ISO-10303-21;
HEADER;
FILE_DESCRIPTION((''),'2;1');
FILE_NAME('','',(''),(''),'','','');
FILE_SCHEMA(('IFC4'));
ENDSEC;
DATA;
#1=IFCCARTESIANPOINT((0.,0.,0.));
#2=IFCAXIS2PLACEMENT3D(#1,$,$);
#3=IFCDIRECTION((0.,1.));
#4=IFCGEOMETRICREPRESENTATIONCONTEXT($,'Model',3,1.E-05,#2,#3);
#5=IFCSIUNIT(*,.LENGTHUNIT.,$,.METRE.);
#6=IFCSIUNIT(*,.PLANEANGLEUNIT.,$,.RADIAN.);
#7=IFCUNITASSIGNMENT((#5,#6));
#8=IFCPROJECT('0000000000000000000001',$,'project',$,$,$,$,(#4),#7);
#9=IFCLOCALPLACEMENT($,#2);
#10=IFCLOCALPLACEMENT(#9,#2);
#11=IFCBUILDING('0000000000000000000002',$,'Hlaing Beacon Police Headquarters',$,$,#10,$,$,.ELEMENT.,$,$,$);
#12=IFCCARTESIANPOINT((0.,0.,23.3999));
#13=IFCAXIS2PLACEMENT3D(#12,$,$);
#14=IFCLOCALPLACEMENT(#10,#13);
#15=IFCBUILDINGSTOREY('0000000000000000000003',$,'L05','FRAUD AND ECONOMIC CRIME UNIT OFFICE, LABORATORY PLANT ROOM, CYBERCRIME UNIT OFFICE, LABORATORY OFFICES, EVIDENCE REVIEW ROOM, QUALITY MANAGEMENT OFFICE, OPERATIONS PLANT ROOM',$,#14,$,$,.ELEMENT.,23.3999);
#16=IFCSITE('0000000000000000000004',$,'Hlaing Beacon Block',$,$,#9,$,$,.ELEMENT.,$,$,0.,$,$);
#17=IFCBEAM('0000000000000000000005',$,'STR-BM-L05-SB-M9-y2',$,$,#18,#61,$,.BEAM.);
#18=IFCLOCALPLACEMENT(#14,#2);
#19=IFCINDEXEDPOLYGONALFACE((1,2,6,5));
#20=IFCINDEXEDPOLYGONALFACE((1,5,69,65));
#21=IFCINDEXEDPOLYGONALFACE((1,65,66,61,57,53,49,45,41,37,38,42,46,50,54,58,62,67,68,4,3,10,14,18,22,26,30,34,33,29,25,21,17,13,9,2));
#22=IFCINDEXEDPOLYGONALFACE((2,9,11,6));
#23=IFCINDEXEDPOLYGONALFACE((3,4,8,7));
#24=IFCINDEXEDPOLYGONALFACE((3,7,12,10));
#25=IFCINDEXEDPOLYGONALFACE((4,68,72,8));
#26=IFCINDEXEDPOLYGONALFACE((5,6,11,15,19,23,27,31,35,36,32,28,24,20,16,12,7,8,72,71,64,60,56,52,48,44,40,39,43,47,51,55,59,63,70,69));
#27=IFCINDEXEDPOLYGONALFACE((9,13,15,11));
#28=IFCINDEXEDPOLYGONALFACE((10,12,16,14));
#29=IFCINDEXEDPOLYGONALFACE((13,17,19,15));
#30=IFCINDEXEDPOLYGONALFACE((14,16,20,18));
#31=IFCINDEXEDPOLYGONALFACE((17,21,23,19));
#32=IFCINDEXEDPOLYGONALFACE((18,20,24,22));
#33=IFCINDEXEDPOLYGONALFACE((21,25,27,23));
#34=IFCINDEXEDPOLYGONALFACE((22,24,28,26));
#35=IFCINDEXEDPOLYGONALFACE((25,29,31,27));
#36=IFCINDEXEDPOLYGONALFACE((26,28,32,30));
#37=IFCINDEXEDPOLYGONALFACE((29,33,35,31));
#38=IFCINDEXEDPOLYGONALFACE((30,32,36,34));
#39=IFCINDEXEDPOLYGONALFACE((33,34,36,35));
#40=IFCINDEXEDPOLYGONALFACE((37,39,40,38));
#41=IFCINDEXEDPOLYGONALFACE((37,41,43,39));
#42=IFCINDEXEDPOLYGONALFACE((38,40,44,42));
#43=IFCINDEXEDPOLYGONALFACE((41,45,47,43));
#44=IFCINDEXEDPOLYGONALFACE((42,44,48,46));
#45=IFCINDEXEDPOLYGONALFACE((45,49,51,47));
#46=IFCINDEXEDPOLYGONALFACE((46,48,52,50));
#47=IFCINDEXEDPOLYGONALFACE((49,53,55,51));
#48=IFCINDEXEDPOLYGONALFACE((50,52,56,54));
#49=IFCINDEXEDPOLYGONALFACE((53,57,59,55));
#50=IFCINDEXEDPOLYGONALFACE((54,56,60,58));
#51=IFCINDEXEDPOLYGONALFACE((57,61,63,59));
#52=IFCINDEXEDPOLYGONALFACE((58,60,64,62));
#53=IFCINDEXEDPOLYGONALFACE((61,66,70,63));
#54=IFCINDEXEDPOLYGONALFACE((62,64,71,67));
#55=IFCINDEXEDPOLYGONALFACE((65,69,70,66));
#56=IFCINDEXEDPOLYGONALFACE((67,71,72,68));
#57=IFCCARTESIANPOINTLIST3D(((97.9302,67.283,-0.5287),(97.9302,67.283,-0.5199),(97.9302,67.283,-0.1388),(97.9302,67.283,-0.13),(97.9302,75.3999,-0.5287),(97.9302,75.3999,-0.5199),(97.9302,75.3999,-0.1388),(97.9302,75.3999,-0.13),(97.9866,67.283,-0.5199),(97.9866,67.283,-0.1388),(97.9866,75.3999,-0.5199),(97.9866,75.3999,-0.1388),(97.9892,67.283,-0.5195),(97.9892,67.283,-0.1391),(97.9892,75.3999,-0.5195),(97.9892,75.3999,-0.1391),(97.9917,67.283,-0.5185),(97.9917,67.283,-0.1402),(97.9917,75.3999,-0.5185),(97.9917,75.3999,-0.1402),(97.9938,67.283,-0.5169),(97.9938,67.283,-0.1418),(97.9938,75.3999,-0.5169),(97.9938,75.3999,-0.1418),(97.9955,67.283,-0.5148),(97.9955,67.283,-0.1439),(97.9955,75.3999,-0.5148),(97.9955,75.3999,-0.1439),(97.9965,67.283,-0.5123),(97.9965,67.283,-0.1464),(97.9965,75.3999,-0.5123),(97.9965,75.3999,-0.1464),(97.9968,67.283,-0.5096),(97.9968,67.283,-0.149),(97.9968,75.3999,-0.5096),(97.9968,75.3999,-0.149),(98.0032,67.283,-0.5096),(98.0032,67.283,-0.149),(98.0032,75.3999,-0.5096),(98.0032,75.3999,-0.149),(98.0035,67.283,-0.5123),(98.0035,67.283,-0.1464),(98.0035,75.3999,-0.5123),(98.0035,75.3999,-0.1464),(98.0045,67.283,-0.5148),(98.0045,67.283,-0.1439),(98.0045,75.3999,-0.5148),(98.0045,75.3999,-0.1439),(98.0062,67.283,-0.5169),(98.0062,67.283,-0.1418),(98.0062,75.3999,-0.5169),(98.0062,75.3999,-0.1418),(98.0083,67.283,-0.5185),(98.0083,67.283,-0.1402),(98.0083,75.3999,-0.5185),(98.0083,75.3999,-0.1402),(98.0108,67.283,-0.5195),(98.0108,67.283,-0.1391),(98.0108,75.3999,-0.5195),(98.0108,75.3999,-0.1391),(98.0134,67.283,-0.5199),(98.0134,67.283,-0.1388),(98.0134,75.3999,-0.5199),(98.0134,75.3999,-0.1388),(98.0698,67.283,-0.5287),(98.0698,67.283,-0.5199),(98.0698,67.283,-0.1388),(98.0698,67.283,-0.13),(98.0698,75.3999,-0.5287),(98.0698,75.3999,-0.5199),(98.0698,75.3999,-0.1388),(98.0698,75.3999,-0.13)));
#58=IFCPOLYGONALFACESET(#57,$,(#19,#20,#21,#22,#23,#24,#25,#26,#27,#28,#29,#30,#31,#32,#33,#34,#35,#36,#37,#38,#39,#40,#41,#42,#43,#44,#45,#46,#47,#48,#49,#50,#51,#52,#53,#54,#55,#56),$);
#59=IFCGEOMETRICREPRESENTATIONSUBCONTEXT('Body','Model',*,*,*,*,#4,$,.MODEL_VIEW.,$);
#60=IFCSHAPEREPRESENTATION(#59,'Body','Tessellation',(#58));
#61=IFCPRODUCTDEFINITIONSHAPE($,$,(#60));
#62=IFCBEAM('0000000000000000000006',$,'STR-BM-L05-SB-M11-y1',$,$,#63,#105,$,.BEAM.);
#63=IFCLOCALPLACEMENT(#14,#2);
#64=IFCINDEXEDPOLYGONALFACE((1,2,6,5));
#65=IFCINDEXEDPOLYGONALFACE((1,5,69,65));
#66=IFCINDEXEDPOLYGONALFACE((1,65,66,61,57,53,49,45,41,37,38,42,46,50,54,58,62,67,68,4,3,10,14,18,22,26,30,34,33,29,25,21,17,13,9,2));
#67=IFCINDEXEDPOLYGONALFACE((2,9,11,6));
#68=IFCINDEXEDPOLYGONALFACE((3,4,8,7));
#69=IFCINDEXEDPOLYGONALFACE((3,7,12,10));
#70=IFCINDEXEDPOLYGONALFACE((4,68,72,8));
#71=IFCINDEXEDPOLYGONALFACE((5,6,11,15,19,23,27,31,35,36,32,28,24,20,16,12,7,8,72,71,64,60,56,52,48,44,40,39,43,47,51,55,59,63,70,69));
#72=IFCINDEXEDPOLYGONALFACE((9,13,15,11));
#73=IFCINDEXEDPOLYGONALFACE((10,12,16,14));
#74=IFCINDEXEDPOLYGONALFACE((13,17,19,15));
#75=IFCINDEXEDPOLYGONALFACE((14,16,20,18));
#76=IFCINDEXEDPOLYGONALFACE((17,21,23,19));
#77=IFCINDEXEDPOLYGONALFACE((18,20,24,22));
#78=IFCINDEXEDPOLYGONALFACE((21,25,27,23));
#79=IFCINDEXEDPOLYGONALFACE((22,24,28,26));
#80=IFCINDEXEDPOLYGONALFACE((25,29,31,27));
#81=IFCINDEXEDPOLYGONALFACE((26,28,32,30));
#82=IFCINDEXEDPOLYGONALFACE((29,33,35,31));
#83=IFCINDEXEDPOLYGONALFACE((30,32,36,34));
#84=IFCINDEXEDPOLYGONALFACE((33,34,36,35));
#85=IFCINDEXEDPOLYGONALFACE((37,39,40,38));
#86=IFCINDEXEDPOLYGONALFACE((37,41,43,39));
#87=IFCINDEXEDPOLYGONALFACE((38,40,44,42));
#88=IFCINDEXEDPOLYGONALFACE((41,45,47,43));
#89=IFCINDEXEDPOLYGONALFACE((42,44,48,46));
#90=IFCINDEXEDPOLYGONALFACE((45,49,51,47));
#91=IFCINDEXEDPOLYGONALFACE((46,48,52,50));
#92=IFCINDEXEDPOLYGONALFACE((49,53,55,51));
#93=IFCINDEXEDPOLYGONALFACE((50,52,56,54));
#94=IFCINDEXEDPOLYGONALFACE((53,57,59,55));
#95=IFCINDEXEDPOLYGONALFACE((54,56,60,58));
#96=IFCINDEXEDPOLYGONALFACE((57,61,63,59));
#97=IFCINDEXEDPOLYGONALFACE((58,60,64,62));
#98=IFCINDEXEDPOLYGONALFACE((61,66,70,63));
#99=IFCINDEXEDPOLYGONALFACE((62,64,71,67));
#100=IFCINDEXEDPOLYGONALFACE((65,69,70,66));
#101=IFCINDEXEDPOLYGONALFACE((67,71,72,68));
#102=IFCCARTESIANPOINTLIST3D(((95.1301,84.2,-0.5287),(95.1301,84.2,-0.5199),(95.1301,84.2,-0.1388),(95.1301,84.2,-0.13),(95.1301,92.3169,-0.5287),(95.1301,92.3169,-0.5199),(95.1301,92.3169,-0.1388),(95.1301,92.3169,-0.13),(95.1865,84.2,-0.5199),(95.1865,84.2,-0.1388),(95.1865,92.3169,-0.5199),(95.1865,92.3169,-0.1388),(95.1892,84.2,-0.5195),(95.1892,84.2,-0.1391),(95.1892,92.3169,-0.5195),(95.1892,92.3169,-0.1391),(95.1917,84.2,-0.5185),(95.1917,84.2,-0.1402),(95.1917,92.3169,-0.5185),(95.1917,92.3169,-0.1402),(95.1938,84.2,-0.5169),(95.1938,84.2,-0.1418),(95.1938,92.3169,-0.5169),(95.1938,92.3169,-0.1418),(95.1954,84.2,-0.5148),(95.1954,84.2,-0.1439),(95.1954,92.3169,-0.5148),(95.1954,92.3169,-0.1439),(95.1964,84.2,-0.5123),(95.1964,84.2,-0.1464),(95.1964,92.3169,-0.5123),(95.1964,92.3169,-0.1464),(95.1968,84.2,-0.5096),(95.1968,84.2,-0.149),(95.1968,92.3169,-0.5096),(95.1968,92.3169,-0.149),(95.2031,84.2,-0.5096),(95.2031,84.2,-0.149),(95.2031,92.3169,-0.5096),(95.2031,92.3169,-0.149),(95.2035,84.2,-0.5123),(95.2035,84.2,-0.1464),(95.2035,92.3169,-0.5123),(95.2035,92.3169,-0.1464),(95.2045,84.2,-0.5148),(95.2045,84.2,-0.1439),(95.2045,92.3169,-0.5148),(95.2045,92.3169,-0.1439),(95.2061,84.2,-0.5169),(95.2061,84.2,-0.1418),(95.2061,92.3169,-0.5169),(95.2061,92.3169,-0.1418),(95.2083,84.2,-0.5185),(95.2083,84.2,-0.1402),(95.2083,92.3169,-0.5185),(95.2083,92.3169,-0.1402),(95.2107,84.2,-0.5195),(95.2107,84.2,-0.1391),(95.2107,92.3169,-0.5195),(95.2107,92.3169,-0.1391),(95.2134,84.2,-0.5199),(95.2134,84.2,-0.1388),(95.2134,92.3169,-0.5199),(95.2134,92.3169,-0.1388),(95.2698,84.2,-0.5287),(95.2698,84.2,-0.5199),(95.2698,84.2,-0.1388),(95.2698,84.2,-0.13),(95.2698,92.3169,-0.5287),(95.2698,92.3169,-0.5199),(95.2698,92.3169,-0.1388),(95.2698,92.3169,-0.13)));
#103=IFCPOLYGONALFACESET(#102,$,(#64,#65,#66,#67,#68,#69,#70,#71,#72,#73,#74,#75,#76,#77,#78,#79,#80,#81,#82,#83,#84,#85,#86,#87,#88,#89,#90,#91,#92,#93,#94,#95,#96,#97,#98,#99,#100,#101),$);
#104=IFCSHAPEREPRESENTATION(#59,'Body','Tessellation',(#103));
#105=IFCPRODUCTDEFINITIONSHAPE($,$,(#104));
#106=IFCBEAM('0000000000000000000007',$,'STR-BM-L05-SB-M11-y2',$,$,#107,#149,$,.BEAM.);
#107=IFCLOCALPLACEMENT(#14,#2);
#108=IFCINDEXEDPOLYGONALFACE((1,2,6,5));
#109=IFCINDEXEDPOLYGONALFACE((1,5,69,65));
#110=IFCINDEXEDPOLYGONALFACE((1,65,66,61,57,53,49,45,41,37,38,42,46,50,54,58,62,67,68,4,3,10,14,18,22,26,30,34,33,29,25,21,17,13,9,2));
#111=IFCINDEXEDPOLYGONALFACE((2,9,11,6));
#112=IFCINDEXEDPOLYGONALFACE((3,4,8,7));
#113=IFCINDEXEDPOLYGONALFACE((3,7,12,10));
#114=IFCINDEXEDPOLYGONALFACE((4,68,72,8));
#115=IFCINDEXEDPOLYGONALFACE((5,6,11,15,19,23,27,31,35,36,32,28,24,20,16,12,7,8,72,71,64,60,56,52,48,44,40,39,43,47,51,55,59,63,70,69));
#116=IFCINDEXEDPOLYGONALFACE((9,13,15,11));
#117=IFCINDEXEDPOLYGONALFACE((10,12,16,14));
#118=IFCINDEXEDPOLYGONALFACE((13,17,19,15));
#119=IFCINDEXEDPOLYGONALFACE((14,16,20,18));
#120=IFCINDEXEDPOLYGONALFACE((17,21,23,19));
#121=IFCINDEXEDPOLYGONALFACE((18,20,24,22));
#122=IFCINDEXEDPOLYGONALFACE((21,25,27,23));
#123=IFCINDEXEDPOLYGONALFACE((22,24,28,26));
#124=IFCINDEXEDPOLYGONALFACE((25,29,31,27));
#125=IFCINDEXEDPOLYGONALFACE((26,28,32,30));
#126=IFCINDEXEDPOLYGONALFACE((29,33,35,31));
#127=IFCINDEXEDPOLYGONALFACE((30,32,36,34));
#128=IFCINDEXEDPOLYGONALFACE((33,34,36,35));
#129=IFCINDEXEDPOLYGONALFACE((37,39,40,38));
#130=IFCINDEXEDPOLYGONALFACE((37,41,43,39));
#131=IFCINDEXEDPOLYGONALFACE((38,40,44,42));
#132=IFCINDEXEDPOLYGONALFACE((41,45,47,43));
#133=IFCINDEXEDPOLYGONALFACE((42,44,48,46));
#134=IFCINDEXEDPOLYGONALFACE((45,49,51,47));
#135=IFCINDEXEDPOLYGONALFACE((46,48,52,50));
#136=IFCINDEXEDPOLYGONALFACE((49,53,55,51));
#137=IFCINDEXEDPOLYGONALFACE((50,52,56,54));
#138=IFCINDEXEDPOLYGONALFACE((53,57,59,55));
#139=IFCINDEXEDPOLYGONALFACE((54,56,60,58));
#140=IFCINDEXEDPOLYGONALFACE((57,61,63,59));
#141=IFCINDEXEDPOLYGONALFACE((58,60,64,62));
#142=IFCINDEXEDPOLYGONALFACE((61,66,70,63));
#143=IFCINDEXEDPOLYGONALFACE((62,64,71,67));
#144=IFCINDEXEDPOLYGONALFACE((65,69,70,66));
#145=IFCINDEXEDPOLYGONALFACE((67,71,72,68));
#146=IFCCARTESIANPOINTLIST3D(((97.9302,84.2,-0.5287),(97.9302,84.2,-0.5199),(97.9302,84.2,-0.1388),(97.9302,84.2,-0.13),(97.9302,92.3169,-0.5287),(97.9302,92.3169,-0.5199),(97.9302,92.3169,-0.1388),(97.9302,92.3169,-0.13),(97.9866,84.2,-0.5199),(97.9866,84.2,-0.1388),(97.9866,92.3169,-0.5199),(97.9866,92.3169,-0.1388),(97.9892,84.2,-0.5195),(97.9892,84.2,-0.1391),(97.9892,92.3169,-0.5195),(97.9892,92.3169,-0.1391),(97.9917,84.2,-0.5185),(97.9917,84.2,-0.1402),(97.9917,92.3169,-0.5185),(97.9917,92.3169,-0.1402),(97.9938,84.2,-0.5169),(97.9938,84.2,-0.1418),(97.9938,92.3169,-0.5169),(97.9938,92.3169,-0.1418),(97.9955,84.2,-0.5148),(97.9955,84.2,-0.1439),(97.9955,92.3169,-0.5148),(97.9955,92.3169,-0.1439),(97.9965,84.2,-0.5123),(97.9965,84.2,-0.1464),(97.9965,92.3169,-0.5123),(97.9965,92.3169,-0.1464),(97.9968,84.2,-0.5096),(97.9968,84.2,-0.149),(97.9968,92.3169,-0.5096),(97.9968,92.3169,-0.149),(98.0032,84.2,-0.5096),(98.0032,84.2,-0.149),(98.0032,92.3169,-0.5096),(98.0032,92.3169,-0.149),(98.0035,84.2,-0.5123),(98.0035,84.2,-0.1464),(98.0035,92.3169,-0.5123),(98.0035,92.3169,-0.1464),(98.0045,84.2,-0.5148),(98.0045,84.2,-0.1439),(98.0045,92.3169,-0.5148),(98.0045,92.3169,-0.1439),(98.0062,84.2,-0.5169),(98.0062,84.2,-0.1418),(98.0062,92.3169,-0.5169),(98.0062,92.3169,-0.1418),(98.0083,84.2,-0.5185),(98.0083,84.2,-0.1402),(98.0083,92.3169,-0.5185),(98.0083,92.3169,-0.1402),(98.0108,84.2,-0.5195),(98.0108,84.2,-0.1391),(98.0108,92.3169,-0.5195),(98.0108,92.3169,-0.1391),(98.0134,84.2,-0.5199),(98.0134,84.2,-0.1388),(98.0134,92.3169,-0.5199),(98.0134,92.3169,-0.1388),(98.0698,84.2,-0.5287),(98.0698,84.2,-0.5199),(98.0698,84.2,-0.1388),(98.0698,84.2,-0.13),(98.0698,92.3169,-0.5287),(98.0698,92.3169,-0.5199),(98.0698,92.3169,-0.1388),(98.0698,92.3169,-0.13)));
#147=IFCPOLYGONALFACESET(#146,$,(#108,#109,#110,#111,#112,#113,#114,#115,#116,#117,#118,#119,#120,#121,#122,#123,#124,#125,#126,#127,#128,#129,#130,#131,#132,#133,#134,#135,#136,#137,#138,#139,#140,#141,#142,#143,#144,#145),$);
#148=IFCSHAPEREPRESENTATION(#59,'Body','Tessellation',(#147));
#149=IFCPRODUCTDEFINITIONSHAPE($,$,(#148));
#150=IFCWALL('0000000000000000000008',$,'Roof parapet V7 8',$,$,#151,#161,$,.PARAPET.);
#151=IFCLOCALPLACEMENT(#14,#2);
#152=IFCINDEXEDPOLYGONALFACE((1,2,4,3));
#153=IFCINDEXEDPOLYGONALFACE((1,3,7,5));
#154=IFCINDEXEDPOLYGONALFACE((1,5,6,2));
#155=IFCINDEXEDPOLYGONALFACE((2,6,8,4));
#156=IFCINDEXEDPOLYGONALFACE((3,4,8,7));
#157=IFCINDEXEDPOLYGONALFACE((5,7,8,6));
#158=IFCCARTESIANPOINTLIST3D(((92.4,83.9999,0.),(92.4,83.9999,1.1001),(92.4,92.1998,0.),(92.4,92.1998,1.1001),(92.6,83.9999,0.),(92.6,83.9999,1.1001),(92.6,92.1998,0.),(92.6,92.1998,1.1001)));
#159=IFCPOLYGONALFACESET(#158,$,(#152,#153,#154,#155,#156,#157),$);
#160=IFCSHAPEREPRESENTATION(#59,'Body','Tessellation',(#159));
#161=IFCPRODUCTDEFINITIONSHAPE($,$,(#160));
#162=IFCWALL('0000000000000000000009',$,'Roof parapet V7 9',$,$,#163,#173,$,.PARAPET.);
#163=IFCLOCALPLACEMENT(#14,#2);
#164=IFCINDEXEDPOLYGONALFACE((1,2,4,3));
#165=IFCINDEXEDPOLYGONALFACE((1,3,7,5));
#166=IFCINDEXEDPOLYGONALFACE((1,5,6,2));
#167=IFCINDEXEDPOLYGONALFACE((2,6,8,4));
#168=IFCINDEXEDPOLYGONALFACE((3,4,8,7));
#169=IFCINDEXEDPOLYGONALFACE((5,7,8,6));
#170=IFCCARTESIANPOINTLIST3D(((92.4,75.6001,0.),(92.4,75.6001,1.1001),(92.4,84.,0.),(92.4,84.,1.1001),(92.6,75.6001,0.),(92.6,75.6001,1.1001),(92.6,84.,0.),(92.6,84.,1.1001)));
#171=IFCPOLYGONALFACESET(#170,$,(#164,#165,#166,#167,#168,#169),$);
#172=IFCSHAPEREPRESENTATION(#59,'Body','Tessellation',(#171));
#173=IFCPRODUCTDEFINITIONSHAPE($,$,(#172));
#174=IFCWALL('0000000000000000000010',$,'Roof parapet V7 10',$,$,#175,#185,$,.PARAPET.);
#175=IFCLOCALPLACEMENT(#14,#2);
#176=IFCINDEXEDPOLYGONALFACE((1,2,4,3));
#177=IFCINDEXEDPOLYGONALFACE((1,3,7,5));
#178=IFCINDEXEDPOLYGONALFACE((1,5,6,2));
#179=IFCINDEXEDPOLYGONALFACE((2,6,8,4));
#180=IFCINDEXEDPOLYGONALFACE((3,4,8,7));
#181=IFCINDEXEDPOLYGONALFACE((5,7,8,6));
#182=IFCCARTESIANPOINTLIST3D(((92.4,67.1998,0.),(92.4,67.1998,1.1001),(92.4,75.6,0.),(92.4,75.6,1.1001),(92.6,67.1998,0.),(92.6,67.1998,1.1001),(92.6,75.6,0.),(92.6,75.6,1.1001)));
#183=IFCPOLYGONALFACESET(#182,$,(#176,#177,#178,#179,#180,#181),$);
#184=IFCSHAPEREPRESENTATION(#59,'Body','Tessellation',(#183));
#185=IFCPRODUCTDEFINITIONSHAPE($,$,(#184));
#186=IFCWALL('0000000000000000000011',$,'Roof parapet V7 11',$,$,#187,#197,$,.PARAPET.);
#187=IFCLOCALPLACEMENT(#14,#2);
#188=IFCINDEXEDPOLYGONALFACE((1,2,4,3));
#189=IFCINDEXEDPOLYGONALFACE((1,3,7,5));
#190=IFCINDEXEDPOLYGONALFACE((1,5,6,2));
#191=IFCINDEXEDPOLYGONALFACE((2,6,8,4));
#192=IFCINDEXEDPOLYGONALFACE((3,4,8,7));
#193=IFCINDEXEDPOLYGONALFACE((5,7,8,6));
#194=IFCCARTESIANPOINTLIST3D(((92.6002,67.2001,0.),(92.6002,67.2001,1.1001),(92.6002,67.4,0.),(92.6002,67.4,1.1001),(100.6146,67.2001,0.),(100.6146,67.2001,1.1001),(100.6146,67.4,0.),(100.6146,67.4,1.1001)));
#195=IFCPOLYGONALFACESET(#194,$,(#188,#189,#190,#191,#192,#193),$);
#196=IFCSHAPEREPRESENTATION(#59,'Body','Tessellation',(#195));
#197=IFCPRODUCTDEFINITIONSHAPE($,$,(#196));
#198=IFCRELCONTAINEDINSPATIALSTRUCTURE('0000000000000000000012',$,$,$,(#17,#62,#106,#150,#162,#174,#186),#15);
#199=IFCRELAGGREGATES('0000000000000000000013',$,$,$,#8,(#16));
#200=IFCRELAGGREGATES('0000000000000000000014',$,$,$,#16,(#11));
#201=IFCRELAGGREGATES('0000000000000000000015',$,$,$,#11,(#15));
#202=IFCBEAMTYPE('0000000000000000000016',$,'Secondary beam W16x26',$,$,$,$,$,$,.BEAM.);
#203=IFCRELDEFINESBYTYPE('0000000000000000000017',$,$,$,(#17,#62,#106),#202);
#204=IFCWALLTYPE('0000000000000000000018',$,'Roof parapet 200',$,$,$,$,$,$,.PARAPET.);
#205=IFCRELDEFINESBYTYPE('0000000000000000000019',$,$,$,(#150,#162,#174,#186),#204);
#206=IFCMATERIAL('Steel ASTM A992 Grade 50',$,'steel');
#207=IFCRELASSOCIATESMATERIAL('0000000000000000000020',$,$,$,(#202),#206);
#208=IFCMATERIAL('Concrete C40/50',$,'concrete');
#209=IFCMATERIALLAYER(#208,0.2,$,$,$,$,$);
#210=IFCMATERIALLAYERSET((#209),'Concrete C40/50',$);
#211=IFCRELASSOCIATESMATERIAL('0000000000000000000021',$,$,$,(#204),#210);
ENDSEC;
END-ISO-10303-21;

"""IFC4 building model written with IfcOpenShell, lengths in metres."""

from ifc_helpers import new_model, si_unit, direction, frame, frame_2d, origin, origin_2d, place, context, subcontext, project, spatial, rectangle, i_section, extrude, material, layer, layer_set, material_profile, profile_set, type_object, element, save


model = new_model("IFC4")

# Units and contexts
model_context = context("Model", 3, precision=1e-05, world=origin(), true_north=direction((0.0, 1.0)))
body_context = subcontext(model_context, "Body", "Model", "MODEL_VIEW")
ifc_project = project(units=[si_unit("LENGTHUNIT", "METRE"), si_unit("PLANEANGLEUNIT", "RADIAN")], contexts=[model_context])

# Site, building, storey
site_placement = place(None, origin())
site = spatial("IfcSite", under=ifc_project, at=site_placement, Name="Hlaing Beacon Block", CompositionType="ELEMENT", RefElevation=0.0)
building_placement = place(site_placement, origin())
building = spatial("IfcBuilding", under=site, at=building_placement, Name="Hlaing Beacon Police Headquarters", CompositionType="ELEMENT")
storey_placement = place(building_placement, frame((0.0, 0.0, 23.3999)))
storey = spatial("IfcBuildingStorey", under=building, at=storey_placement, Name="L05", Description="FRAUD AND ECONOMIC CRIME UNIT OFFICE, LABORATORY PLANT ROOM, CYBERCRIME UNIT OFFICE, LABORATORY OFFICES, EVIDENCE REVIEW ROOM, QUALITY MANAGEMENT OFFICE, OPERATIONS PLANT ROOM", CompositionType="ELEMENT", Elevation=23.3999)

# Beams
ifc_material_1 = material(Name="Steel ASTM A992 Grade 50", Category="steel")
ifc_material_profile_1 = material_profile(ifc_material_1, i_section(OverallWidth=0.1396, OverallDepth=0.3987, WebThickness=0.0063, FlangeThickness=0.0088, FilletRadius=0.0103, at=origin_2d()), Name="W16x26")
ifc_profile_set_1 = profile_set([ifc_material_profile_1], Name="Steel ASTM A992 Grade 50")
beam_type_1 = type_object("IfcBeamType", Name="Secondary beam W16x26", PredefinedType="BEAM", material=ifc_profile_set_1)
for number, where, z_axis, x_axis, name in (
    (1, (98.0, 67.283, -0.3293), (0.0, 1.0, 0.0), (-1.0, 0.0, 0.0), "STR-BM-L05-SB-M9-y2"),
    (2, (95.2, 84.2, -0.3293), (0.0, 1.0, 0.0), (-1.0, 0.0, 0.0), "STR-BM-L05-SB-M11-y1"),
    (3, (98.0, 84.2, -0.3293), (0.0, 1.0, 0.0), (-1.0, 0.0, 0.0), "STR-BM-L05-SB-M11-y2"),
):
    element("IfcBeam", number, at=place(storey_placement, frame(where, z_axis=z_axis, x_axis=x_axis)), inside=storey, type_object=beam_type_1, Name=name, PredefinedType="BEAM", context=body_context, shape_type="SweptSolid", body=[
        extrude(i_section(OverallWidth=0.1396, OverallDepth=0.3987, WebThickness=0.0063, FlangeThickness=0.0088, FilletRadius=0.0103, at=origin_2d()), origin(), (0.0, 0.0, 1.0), 8.1169),
    ])

# Walls
ifc_material_2 = material(Name="Concrete C40/50", Category="concrete")
ifc_layer_1 = layer(ifc_material_2, 0.2)
ifc_layer_set_1 = layer_set([ifc_layer_1], Name="Concrete C40/50")
wall_type = type_object("IfcWallType", Name="Roof parapet 200", PredefinedType="PARAPET", material=ifc_layer_set_1)
wall_1_placement = place(storey_placement, frame((92.5, 92.2, 0.0), z_axis=(0.0, 0.0, 1.0), x_axis=(0.0, -1.0, 0.0)))
element("IfcWall", 4, at=wall_1_placement, inside=storey, type_object=wall_type, Name="Roof parapet V7 8", PredefinedType="PARAPET", context=body_context, shape_type="SweptSolid", body=[
    extrude(rectangle(XDim=8.2, YDim=0.2, at=frame_2d((4.1001, 0.0))), origin(), (0.0, 0.0, 1.0), 1.1001),
])
wall_2_placement = place(storey_placement, frame((92.5, 84.0, 0.0), z_axis=(0.0, 0.0, 1.0), x_axis=(0.0, -1.0, 0.0)))
element("IfcWall", 5, at=wall_2_placement, inside=storey, type_object=wall_type, Name="Roof parapet V7 9", PredefinedType="PARAPET", context=body_context, shape_type="SweptSolid", body=[
    extrude(rectangle(XDim=8.3999, YDim=0.2, at=frame_2d((4.2, 0.0))), origin(), (0.0, 0.0, 1.0), 1.1001),
])
wall_3_placement = place(storey_placement, frame((92.5, 75.6001, 0.0), z_axis=(0.0, 0.0, 1.0), x_axis=(0.0, -1.0, 0.0)))
element("IfcWall", 6, at=wall_3_placement, inside=storey, type_object=wall_type, Name="Roof parapet V7 10", PredefinedType="PARAPET", context=body_context, shape_type="SweptSolid", body=[
    extrude(rectangle(XDim=8.4001, YDim=0.2, at=frame_2d((4.2002, 0.0))), origin(), (0.0, 0.0, 1.0), 1.1001),
])
wall_4_placement = place(storey_placement, frame((92.6001, 67.3, 0.0), z_axis=(0.0, 0.0, 1.0), x_axis=(1.0, 0.0, 0.0)))
element("IfcWall", 7, at=wall_4_placement, inside=storey, type_object=wall_type, Name="Roof parapet V7 11", PredefinedType="PARAPET", context=body_context, shape_type="SweptSolid", body=[
    extrude(rectangle(XDim=8.0144, YDim=0.2, at=frame_2d((4.0073, 0.0))), origin(), (0.0, 0.0, 1.0), 1.1001),
])

save(model, "model.ifc")
